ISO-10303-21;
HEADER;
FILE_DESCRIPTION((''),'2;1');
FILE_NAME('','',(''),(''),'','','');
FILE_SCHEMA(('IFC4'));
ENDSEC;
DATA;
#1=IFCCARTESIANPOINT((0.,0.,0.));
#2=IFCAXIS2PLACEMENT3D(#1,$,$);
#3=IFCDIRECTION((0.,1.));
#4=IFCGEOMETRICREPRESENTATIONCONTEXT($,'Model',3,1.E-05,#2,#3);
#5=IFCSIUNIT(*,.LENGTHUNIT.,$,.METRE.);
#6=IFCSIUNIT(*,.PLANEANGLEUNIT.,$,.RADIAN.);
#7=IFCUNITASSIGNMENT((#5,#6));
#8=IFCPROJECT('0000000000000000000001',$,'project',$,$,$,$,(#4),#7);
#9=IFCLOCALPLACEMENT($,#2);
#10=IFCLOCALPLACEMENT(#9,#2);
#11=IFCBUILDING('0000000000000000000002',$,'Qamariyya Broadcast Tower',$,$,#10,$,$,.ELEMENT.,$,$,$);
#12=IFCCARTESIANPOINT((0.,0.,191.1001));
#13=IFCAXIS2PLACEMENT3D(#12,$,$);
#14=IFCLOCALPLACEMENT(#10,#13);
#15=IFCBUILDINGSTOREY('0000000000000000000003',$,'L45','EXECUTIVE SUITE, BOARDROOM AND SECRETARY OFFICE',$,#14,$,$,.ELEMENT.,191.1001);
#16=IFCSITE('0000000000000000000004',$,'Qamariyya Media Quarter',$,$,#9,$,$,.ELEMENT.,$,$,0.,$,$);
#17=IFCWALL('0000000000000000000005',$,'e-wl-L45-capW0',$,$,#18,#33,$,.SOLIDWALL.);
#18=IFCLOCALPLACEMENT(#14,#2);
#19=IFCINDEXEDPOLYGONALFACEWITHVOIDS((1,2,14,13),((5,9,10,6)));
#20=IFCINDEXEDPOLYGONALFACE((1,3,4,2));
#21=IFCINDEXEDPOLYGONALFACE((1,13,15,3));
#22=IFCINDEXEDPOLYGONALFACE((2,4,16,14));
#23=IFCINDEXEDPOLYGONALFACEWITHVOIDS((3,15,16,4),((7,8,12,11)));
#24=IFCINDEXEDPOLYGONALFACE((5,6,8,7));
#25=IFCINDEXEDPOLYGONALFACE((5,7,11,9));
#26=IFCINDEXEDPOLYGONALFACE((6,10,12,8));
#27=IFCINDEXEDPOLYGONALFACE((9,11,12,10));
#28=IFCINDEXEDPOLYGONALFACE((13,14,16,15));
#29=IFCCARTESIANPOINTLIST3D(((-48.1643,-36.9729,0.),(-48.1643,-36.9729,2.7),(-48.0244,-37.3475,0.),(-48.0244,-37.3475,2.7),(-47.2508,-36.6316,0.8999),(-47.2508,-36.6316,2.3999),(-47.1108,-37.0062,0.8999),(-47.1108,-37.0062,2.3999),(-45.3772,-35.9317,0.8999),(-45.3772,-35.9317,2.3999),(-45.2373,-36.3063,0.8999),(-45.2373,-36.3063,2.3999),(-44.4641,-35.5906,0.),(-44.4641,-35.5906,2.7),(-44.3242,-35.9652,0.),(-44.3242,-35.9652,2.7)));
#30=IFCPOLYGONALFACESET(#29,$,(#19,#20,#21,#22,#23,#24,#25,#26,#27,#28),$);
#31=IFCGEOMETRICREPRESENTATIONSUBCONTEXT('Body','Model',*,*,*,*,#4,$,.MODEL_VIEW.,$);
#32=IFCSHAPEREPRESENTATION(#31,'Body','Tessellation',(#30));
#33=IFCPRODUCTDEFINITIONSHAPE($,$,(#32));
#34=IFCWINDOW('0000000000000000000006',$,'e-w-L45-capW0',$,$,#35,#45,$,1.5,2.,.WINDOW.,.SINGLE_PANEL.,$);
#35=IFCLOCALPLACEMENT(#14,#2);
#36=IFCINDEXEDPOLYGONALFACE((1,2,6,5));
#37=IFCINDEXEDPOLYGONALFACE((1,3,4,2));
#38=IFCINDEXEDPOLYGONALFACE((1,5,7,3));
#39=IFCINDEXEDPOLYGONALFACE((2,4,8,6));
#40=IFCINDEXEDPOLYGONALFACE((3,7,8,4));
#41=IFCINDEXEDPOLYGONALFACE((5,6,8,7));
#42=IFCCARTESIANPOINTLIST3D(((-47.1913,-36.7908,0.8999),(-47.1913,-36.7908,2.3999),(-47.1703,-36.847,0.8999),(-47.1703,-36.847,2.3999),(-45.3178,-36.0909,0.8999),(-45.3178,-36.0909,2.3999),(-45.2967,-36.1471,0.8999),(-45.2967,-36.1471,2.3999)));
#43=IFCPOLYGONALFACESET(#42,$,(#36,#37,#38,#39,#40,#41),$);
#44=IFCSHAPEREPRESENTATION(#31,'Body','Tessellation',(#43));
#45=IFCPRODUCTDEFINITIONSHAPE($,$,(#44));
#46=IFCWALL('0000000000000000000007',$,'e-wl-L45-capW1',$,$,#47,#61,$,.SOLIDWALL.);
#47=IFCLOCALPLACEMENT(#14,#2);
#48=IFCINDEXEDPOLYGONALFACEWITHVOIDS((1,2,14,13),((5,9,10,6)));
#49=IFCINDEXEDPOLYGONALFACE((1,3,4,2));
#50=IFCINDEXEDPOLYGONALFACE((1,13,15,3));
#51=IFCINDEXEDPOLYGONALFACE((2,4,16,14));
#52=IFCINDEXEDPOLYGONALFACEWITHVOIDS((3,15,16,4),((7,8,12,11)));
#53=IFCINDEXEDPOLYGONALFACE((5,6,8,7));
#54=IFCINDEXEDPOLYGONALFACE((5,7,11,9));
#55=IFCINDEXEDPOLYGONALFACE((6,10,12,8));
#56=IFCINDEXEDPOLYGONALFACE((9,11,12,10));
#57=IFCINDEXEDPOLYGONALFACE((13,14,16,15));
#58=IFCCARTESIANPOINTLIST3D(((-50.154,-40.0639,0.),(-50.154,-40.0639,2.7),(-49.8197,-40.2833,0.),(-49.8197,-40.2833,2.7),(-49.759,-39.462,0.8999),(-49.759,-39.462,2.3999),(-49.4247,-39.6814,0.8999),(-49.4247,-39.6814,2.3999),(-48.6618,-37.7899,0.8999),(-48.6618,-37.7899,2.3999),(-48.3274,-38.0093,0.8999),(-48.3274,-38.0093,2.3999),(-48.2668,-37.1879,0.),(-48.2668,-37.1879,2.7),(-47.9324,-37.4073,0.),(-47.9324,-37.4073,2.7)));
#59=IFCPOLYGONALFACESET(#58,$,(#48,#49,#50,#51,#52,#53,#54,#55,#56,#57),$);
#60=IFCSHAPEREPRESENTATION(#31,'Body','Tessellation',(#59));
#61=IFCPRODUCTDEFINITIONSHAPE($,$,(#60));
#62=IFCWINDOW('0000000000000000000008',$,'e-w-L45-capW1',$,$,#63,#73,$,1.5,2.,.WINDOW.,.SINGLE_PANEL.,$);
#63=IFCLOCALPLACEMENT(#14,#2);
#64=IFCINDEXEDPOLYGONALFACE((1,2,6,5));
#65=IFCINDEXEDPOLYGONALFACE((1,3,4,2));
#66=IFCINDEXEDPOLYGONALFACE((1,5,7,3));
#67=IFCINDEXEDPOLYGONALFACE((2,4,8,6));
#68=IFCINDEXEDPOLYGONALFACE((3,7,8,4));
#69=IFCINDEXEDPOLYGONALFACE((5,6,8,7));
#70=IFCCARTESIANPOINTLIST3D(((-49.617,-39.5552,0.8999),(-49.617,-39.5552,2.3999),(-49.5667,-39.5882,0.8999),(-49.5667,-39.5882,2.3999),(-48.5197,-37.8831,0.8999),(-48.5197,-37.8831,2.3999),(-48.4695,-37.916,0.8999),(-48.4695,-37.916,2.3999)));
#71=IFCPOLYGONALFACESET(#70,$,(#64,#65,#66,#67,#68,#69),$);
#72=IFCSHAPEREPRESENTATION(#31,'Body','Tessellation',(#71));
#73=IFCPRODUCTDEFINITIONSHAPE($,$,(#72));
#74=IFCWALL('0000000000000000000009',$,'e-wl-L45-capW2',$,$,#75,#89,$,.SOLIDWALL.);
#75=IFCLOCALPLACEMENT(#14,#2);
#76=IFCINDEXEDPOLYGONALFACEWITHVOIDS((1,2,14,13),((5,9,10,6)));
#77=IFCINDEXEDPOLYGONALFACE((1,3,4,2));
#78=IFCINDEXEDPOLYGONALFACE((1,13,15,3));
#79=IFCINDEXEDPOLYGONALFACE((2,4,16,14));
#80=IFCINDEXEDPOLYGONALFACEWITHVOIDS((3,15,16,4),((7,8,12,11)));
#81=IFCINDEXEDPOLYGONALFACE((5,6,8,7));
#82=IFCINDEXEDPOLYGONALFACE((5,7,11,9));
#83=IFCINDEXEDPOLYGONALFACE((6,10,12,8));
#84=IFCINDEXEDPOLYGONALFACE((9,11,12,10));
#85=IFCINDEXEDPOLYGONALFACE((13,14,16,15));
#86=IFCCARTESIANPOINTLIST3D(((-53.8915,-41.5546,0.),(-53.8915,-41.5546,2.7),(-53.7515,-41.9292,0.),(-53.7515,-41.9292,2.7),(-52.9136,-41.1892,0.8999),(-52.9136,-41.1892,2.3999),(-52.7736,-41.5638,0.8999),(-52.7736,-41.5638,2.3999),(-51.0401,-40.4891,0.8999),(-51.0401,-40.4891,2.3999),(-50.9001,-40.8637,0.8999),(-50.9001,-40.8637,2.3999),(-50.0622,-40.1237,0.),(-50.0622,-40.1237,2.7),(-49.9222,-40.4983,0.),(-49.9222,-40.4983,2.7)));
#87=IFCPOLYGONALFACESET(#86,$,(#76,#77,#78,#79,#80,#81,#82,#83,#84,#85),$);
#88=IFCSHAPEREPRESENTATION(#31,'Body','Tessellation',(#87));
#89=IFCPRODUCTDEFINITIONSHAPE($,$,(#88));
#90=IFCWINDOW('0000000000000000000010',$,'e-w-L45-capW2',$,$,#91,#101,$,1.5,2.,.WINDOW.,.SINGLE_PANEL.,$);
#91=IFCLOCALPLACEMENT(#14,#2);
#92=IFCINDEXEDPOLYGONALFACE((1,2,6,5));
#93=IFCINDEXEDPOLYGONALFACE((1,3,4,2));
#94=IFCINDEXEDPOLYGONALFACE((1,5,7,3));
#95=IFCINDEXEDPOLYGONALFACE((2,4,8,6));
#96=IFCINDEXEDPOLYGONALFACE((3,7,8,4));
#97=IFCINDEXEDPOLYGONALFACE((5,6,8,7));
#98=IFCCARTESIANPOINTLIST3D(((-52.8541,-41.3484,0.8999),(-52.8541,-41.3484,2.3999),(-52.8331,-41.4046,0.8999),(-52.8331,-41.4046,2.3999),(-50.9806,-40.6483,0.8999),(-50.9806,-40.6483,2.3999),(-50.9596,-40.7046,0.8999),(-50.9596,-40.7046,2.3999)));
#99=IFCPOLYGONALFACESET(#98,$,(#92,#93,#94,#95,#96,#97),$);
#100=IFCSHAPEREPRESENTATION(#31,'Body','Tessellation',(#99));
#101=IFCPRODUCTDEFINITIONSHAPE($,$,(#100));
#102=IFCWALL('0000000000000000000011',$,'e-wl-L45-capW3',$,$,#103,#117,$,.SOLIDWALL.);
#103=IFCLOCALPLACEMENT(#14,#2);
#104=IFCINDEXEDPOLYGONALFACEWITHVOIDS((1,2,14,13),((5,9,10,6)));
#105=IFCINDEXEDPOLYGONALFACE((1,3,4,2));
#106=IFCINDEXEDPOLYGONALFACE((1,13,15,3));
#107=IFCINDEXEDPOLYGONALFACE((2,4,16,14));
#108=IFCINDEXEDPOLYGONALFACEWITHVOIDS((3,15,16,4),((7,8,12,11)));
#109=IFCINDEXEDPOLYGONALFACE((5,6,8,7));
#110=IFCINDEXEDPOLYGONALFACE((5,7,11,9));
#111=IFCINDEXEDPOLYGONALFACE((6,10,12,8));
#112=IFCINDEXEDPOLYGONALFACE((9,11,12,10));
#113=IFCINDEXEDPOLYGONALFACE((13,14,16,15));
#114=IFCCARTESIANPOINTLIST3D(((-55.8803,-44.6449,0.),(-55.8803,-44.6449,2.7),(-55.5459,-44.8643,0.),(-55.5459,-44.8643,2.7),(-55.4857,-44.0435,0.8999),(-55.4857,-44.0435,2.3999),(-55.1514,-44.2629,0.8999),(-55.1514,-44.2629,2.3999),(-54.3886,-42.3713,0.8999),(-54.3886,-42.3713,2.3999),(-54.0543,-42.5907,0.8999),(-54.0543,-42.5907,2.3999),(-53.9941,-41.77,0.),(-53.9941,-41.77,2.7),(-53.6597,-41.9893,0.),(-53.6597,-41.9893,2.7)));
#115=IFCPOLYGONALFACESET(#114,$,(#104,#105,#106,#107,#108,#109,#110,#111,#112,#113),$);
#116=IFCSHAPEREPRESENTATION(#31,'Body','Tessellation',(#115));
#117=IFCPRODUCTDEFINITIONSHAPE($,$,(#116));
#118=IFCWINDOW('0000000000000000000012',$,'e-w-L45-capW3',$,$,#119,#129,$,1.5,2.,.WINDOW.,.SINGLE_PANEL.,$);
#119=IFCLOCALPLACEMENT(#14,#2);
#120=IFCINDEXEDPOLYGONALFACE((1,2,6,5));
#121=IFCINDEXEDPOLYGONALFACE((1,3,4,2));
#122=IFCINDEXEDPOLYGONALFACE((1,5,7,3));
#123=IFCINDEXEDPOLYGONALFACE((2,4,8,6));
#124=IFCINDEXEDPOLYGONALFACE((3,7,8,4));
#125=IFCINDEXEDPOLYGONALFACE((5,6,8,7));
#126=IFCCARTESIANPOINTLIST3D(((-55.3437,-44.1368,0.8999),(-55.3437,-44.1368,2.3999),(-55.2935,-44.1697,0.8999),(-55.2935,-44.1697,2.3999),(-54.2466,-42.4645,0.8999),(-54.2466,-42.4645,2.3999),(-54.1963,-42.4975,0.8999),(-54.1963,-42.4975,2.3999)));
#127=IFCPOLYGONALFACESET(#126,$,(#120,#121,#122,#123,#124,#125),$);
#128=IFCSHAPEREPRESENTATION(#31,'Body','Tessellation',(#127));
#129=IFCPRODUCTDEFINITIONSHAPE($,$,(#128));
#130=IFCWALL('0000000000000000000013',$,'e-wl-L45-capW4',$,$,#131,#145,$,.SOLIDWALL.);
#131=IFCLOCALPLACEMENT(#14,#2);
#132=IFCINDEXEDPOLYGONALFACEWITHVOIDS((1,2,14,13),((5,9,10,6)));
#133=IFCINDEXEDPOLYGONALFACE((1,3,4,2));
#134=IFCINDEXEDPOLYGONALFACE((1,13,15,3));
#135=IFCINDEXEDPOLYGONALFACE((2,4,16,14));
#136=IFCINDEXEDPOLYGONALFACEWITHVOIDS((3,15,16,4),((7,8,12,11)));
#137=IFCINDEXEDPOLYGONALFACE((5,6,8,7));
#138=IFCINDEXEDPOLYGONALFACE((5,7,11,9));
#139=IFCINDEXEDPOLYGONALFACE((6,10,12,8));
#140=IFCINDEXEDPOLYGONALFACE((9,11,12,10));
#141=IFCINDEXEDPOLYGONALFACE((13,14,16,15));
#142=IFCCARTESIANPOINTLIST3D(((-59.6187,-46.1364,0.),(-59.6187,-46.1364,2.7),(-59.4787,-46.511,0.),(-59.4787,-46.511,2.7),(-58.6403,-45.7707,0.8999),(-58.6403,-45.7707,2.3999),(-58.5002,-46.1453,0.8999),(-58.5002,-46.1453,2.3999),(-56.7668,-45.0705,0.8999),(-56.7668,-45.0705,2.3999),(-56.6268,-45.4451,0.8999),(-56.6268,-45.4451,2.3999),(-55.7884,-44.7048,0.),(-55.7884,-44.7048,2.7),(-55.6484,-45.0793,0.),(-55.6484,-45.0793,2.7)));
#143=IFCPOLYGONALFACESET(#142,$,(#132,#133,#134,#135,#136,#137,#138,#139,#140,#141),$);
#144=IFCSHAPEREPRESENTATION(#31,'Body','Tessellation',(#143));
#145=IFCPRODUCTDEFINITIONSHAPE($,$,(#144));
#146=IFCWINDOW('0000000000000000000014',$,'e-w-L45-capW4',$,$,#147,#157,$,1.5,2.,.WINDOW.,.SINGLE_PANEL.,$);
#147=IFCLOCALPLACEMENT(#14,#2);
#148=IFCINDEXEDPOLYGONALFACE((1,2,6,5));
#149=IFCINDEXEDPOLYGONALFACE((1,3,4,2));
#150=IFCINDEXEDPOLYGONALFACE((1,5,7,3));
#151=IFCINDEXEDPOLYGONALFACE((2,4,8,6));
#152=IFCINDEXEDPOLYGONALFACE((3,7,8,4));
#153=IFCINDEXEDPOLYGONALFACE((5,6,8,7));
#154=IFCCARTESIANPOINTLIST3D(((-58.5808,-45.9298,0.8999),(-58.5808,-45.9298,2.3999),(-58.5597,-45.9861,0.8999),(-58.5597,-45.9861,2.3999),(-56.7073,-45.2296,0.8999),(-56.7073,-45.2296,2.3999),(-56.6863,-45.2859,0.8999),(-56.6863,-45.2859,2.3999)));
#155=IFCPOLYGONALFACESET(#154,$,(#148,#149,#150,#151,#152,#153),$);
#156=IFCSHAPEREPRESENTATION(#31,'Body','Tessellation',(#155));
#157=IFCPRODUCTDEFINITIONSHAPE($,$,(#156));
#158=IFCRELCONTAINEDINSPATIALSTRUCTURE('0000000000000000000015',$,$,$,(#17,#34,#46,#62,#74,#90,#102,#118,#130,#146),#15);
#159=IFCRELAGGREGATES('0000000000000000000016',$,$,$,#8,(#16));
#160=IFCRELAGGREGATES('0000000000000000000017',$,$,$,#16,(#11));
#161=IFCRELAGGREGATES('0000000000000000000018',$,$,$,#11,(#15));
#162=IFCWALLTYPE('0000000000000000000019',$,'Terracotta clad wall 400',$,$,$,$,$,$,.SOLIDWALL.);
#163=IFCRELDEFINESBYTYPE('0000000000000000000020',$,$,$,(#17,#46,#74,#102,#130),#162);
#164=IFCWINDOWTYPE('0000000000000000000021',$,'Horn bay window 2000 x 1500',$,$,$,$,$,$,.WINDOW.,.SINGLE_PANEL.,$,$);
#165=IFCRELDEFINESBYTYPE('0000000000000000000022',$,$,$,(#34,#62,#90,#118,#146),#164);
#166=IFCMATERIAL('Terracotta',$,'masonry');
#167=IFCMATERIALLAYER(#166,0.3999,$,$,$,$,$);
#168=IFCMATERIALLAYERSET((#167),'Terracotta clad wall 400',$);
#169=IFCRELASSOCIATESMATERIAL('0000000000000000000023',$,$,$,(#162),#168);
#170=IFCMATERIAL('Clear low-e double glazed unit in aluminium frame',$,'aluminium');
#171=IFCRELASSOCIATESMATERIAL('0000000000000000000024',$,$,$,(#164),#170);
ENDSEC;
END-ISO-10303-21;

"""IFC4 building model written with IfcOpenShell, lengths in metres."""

from ifc_helpers import new_model, si_unit, direction, frame, frame_2d, origin, place, context, subcontext, project, spatial, rectangle, extrude, material, layer, layer_set, type_object, element, fill, save


model = new_model("IFC4")

# Units and contexts
model_context = context("Model", 3, precision=1e-05, world=origin(), true_north=direction((0.0, 1.0)))
body_context = subcontext(model_context, "Body", "Model", "MODEL_VIEW")
ifc_project = project(units=[si_unit("LENGTHUNIT", "METRE"), si_unit("PLANEANGLEUNIT", "RADIAN")], contexts=[model_context])

# Site, building, storey
site_placement = place(None, origin())
site = spatial("IfcSite", under=ifc_project, at=site_placement, Name="Qamariyya Media Quarter", CompositionType="ELEMENT", RefElevation=0.0)
building_placement = place(site_placement, origin())
building = spatial("IfcBuilding", under=site, at=building_placement, Name="Qamariyya Broadcast Tower", CompositionType="ELEMENT")
storey_placement = place(building_placement, frame((0.0, 0.0, 191.1001)))
storey = spatial("IfcBuildingStorey", under=building, at=storey_placement, Name="L45", Description="EXECUTIVE SUITE, BOARDROOM AND SECRETARY OFFICE", CompositionType="ELEMENT", Elevation=191.1001)

# Walls, openings, windows
ifc_material_1 = material(Name="Terracotta", Category="masonry")
ifc_layer_1 = layer(ifc_material_1, 0.3999)
ifc_layer_set_1 = layer_set([ifc_layer_1], Name="Terracotta clad wall 400")
wall_type_1 = type_object("IfcWallType", Name="Terracotta clad wall 400", PredefinedType="SOLIDWALL", material=ifc_layer_set_1)
wall_1_placement = place(storey_placement, frame((-44.394, -35.7778, 0.0), z_axis=(0.0, 0.0, 1.0), x_axis=(-0.936765, -0.349958, 0.0)))
wall_1 = element("IfcWall", 1, at=wall_1_placement, inside=storey, type_object=wall_type_1, Name="e-wl-L45-capW0", PredefinedType="SOLIDWALL", context=body_context, shape_type="SweptSolid", body=[
    extrude(rectangle(XDim=3.95, YDim=0.3999, at=frame_2d((1.9751, 0.0))), origin(), (0.0, 0.0, 1.0), 2.7),
])
opening_1_placement = place(wall_1_placement, frame((0.9749, 0.0, 0.8999)))
opening_1 = element("IfcOpeningElement", 2, at=opening_1_placement, cuts=wall_1, PredefinedType="OPENING", context=body_context, shape_type="SweptSolid", body=[
    extrude(rectangle(XDim=2.0, YDim=1.5, at=frame_2d((1.0, 0.75))), frame((0.0, 0.21, 0.0), z_axis=(0.0, -1.0, 0.0), x_axis=(1.0, 0.0, 0.0)), (0.0, 0.0, 1.0), 0.4199),
])
ifc_material_2 = material(Name="Clear low-e double glazed unit in aluminium frame", Category="aluminium")
window_type = type_object("IfcWindowType", Name="Horn bay window 2000 x 1500", PartitioningType="SINGLE_PANEL", PredefinedType="WINDOW", material=ifc_material_2)
window_1_placement = place(opening_1_placement, origin())
window_1 = element("IfcWindow", 3, at=window_1_placement, inside=storey, type_object=window_type, Name="e-w-L45-capW0", OverallHeight=1.5, OverallWidth=2.0, PartitioningType="SINGLE_PANEL", PredefinedType="WINDOW", context=body_context, shape_type="SweptSolid", body=[
    extrude(rectangle(XDim=2.0, YDim=1.5, at=frame_2d((1.0, 0.75))), frame((0.0, 0.03, 0.0), z_axis=(0.0, -1.0, 0.0), x_axis=(1.0, 0.0, 0.0)), (0.0, 0.0, 1.0), 0.0601),
])
fill(opening_1, window_1)
wall_2_placement = place(storey_placement, frame((-48.0996, -37.2976, 0.0), z_axis=(0.0, 0.0, 1.0), x_axis=(-0.548625, -0.836068, 0.0)))
wall_2 = element("IfcWall", 4, at=wall_2_placement, inside=storey, type_object=wall_type_1, Name="e-wl-L45-capW1", PredefinedType="SOLIDWALL", context=body_context, shape_type="SweptSolid", body=[
    extrude(rectangle(XDim=3.4399, YDim=0.3999, at=frame_2d((1.72, 0.0))), origin(), (0.0, 0.0, 1.0), 2.7),
])
opening_2_placement = place(wall_2_placement, frame((0.72, 0.0, 0.8999)))
opening_2 = element("IfcOpeningElement", 5, at=opening_2_placement, cuts=wall_2, PredefinedType="OPENING", context=body_context, shape_type="SweptSolid", body=[
    extrude(rectangle(XDim=2.0, YDim=1.5, at=frame_2d((1.0, 0.75))), frame((0.0, 0.21, 0.0), z_axis=(0.0, -1.0, 0.0), x_axis=(1.0, 0.0, 0.0)), (0.0, 0.0, 1.0), 0.4199),
])
window_2_placement = place(opening_2_placement, origin())
window_2 = element("IfcWindow", 6, at=window_2_placement, inside=storey, type_object=window_type, Name="e-w-L45-capW1", OverallHeight=1.5, OverallWidth=2.0, PartitioningType="SINGLE_PANEL", PredefinedType="WINDOW", context=body_context, shape_type="SweptSolid", body=[
    extrude(rectangle(XDim=2.0, YDim=1.5, at=frame_2d((1.0, 0.75))), frame((0.0, 0.03, 0.0), z_axis=(0.0, -1.0, 0.0), x_axis=(1.0, 0.0, 0.0)), (0.0, 0.0, 1.0), 0.0601),
])
fill(opening_2, window_2)
wall_3_placement = place(storey_placement, frame((-49.9922, -40.311, 0.0), z_axis=(0.0, 0.0, 1.0), x_axis=(-0.936738, -0.35003, 0.0)))
wall_3 = element("IfcWall", 7, at=wall_3_placement, inside=storey, type_object=wall_type_1, Name="e-wl-L45-capW2", PredefinedType="SOLIDWALL", context=body_context, shape_type="SweptSolid", body=[
    extrude(rectangle(XDim=4.0879, YDim=0.3999, at=frame_2d((2.0439, 0.0))), origin(), (0.0, 0.0, 1.0), 2.7),
])
opening_3_placement = place(wall_3_placement, frame((1.0439, 0.0, 0.8999)))
opening_3 = element("IfcOpeningElement", 8, at=opening_3_placement, cuts=wall_3, PredefinedType="OPENING", context=body_context, shape_type="SweptSolid", body=[
    extrude(rectangle(XDim=2.0, YDim=1.5, at=frame_2d((1.0, 0.75))), frame((0.0, 0.21, 0.0), z_axis=(0.0, -1.0, 0.0), x_axis=(1.0, 0.0, 0.0)), (0.0, 0.0, 1.0), 0.4199),
])
window_3_placement = place(opening_3_placement, origin())
window_3 = element("IfcWindow", 9, at=window_3_placement, inside=storey, type_object=window_type, Name="e-w-L45-capW2", OverallHeight=1.5, OverallWidth=2.0, PartitioningType="SINGLE_PANEL", PredefinedType="WINDOW", context=body_context, shape_type="SweptSolid", body=[
    extrude(rectangle(XDim=2.0, YDim=1.5, at=frame_2d((1.0, 0.75))), frame((0.0, 0.03, 0.0), z_axis=(0.0, -1.0, 0.0), x_axis=(1.0, 0.0, 0.0)), (0.0, 0.0, 1.0), 0.0601),
])
fill(opening_3, window_3)
wall_4_placement = place(storey_placement, frame((-53.8269, -41.8796, 0.0), z_axis=(0.0, 0.0, 1.0), x_axis=(-0.548557, -0.836113, 0.0)))
wall_4 = element("IfcWall", 10, at=wall_4_placement, inside=storey, type_object=wall_type_1, Name="e-wl-L45-capW3", PredefinedType="SOLIDWALL", context=body_context, shape_type="SweptSolid", body=[
    extrude(rectangle(XDim=3.4385, YDim=0.3999, at=frame_2d((1.7192, 0.0))), origin(), (0.0, 0.0, 1.0), 2.7),
])
opening_4_placement = place(wall_4_placement, frame((0.7192, 0.0, 0.8999)))
opening_4 = element("IfcOpeningElement", 11, at=opening_4_placement, cuts=wall_4, PredefinedType="OPENING", context=body_context, shape_type="SweptSolid", body=[
    extrude(rectangle(XDim=2.0, YDim=1.5, at=frame_2d((1.0, 0.75))), frame((0.0, 0.21, 0.0), z_axis=(0.0, -1.0, 0.0), x_axis=(1.0, 0.0, 0.0)), (0.0, 0.0, 1.0), 0.4199),
])
window_4_placement = place(opening_4_placement, origin())
window_4 = element("IfcWindow", 12, at=window_4_placement, inside=storey, type_object=window_type, Name="e-w-L45-capW3", OverallHeight=1.5, OverallWidth=2.0, PartitioningType="SINGLE_PANEL", PredefinedType="WINDOW", context=body_context, shape_type="SweptSolid", body=[
    extrude(rectangle(XDim=2.0, YDim=1.5, at=frame_2d((1.0, 0.75))), frame((0.0, 0.03, 0.0), z_axis=(0.0, -1.0, 0.0), x_axis=(1.0, 0.0, 0.0)), (0.0, 0.0, 1.0), 0.0601),
])
fill(opening_4, window_4)
wall_5_placement = place(storey_placement, frame((-55.7185, -44.8921, 0.0), z_axis=(0.0, 0.0, 1.0), x_axis=(-0.936709, -0.350109, 0.0)))
wall_5 = element("IfcWall", 13, at=wall_5_placement, inside=storey, type_object=wall_type_1, Name="e-wl-L45-capW4", PredefinedType="SOLIDWALL", context=body_context, shape_type="SweptSolid", body=[
    extrude(rectangle(XDim=4.0891, YDim=0.3999, at=frame_2d((2.0444, 0.0))), origin(), (0.0, 0.0, 1.0), 2.7),
])
opening_5_placement = place(wall_5_placement, frame((1.0444, 0.0, 0.8999)))
opening_5 = element("IfcOpeningElement", 14, at=opening_5_placement, cuts=wall_5, PredefinedType="OPENING", context=body_context, shape_type="SweptSolid", body=[
    extrude(rectangle(XDim=2.0, YDim=1.5, at=frame_2d((1.0, 0.75))), frame((0.0, 0.21, 0.0), z_axis=(0.0, -1.0, 0.0), x_axis=(1.0, 0.0, 0.0)), (0.0, 0.0, 1.0), 0.4199),
])
window_5_placement = place(opening_5_placement, origin())
window_5 = element("IfcWindow", 15, at=window_5_placement, inside=storey, type_object=window_type, Name="e-w-L45-capW4", OverallHeight=1.5, OverallWidth=2.0, PartitioningType="SINGLE_PANEL", PredefinedType="WINDOW", context=body_context, shape_type="SweptSolid", body=[
    extrude(rectangle(XDim=2.0, YDim=1.5, at=frame_2d((1.0, 0.75))), frame((0.0, 0.03, 0.0), z_axis=(0.0, -1.0, 0.0), x_axis=(1.0, 0.0, 0.0)), (0.0, 0.0, 1.0), 0.0601),
])
fill(opening_5, window_5)

save(model, "model.ifc")
